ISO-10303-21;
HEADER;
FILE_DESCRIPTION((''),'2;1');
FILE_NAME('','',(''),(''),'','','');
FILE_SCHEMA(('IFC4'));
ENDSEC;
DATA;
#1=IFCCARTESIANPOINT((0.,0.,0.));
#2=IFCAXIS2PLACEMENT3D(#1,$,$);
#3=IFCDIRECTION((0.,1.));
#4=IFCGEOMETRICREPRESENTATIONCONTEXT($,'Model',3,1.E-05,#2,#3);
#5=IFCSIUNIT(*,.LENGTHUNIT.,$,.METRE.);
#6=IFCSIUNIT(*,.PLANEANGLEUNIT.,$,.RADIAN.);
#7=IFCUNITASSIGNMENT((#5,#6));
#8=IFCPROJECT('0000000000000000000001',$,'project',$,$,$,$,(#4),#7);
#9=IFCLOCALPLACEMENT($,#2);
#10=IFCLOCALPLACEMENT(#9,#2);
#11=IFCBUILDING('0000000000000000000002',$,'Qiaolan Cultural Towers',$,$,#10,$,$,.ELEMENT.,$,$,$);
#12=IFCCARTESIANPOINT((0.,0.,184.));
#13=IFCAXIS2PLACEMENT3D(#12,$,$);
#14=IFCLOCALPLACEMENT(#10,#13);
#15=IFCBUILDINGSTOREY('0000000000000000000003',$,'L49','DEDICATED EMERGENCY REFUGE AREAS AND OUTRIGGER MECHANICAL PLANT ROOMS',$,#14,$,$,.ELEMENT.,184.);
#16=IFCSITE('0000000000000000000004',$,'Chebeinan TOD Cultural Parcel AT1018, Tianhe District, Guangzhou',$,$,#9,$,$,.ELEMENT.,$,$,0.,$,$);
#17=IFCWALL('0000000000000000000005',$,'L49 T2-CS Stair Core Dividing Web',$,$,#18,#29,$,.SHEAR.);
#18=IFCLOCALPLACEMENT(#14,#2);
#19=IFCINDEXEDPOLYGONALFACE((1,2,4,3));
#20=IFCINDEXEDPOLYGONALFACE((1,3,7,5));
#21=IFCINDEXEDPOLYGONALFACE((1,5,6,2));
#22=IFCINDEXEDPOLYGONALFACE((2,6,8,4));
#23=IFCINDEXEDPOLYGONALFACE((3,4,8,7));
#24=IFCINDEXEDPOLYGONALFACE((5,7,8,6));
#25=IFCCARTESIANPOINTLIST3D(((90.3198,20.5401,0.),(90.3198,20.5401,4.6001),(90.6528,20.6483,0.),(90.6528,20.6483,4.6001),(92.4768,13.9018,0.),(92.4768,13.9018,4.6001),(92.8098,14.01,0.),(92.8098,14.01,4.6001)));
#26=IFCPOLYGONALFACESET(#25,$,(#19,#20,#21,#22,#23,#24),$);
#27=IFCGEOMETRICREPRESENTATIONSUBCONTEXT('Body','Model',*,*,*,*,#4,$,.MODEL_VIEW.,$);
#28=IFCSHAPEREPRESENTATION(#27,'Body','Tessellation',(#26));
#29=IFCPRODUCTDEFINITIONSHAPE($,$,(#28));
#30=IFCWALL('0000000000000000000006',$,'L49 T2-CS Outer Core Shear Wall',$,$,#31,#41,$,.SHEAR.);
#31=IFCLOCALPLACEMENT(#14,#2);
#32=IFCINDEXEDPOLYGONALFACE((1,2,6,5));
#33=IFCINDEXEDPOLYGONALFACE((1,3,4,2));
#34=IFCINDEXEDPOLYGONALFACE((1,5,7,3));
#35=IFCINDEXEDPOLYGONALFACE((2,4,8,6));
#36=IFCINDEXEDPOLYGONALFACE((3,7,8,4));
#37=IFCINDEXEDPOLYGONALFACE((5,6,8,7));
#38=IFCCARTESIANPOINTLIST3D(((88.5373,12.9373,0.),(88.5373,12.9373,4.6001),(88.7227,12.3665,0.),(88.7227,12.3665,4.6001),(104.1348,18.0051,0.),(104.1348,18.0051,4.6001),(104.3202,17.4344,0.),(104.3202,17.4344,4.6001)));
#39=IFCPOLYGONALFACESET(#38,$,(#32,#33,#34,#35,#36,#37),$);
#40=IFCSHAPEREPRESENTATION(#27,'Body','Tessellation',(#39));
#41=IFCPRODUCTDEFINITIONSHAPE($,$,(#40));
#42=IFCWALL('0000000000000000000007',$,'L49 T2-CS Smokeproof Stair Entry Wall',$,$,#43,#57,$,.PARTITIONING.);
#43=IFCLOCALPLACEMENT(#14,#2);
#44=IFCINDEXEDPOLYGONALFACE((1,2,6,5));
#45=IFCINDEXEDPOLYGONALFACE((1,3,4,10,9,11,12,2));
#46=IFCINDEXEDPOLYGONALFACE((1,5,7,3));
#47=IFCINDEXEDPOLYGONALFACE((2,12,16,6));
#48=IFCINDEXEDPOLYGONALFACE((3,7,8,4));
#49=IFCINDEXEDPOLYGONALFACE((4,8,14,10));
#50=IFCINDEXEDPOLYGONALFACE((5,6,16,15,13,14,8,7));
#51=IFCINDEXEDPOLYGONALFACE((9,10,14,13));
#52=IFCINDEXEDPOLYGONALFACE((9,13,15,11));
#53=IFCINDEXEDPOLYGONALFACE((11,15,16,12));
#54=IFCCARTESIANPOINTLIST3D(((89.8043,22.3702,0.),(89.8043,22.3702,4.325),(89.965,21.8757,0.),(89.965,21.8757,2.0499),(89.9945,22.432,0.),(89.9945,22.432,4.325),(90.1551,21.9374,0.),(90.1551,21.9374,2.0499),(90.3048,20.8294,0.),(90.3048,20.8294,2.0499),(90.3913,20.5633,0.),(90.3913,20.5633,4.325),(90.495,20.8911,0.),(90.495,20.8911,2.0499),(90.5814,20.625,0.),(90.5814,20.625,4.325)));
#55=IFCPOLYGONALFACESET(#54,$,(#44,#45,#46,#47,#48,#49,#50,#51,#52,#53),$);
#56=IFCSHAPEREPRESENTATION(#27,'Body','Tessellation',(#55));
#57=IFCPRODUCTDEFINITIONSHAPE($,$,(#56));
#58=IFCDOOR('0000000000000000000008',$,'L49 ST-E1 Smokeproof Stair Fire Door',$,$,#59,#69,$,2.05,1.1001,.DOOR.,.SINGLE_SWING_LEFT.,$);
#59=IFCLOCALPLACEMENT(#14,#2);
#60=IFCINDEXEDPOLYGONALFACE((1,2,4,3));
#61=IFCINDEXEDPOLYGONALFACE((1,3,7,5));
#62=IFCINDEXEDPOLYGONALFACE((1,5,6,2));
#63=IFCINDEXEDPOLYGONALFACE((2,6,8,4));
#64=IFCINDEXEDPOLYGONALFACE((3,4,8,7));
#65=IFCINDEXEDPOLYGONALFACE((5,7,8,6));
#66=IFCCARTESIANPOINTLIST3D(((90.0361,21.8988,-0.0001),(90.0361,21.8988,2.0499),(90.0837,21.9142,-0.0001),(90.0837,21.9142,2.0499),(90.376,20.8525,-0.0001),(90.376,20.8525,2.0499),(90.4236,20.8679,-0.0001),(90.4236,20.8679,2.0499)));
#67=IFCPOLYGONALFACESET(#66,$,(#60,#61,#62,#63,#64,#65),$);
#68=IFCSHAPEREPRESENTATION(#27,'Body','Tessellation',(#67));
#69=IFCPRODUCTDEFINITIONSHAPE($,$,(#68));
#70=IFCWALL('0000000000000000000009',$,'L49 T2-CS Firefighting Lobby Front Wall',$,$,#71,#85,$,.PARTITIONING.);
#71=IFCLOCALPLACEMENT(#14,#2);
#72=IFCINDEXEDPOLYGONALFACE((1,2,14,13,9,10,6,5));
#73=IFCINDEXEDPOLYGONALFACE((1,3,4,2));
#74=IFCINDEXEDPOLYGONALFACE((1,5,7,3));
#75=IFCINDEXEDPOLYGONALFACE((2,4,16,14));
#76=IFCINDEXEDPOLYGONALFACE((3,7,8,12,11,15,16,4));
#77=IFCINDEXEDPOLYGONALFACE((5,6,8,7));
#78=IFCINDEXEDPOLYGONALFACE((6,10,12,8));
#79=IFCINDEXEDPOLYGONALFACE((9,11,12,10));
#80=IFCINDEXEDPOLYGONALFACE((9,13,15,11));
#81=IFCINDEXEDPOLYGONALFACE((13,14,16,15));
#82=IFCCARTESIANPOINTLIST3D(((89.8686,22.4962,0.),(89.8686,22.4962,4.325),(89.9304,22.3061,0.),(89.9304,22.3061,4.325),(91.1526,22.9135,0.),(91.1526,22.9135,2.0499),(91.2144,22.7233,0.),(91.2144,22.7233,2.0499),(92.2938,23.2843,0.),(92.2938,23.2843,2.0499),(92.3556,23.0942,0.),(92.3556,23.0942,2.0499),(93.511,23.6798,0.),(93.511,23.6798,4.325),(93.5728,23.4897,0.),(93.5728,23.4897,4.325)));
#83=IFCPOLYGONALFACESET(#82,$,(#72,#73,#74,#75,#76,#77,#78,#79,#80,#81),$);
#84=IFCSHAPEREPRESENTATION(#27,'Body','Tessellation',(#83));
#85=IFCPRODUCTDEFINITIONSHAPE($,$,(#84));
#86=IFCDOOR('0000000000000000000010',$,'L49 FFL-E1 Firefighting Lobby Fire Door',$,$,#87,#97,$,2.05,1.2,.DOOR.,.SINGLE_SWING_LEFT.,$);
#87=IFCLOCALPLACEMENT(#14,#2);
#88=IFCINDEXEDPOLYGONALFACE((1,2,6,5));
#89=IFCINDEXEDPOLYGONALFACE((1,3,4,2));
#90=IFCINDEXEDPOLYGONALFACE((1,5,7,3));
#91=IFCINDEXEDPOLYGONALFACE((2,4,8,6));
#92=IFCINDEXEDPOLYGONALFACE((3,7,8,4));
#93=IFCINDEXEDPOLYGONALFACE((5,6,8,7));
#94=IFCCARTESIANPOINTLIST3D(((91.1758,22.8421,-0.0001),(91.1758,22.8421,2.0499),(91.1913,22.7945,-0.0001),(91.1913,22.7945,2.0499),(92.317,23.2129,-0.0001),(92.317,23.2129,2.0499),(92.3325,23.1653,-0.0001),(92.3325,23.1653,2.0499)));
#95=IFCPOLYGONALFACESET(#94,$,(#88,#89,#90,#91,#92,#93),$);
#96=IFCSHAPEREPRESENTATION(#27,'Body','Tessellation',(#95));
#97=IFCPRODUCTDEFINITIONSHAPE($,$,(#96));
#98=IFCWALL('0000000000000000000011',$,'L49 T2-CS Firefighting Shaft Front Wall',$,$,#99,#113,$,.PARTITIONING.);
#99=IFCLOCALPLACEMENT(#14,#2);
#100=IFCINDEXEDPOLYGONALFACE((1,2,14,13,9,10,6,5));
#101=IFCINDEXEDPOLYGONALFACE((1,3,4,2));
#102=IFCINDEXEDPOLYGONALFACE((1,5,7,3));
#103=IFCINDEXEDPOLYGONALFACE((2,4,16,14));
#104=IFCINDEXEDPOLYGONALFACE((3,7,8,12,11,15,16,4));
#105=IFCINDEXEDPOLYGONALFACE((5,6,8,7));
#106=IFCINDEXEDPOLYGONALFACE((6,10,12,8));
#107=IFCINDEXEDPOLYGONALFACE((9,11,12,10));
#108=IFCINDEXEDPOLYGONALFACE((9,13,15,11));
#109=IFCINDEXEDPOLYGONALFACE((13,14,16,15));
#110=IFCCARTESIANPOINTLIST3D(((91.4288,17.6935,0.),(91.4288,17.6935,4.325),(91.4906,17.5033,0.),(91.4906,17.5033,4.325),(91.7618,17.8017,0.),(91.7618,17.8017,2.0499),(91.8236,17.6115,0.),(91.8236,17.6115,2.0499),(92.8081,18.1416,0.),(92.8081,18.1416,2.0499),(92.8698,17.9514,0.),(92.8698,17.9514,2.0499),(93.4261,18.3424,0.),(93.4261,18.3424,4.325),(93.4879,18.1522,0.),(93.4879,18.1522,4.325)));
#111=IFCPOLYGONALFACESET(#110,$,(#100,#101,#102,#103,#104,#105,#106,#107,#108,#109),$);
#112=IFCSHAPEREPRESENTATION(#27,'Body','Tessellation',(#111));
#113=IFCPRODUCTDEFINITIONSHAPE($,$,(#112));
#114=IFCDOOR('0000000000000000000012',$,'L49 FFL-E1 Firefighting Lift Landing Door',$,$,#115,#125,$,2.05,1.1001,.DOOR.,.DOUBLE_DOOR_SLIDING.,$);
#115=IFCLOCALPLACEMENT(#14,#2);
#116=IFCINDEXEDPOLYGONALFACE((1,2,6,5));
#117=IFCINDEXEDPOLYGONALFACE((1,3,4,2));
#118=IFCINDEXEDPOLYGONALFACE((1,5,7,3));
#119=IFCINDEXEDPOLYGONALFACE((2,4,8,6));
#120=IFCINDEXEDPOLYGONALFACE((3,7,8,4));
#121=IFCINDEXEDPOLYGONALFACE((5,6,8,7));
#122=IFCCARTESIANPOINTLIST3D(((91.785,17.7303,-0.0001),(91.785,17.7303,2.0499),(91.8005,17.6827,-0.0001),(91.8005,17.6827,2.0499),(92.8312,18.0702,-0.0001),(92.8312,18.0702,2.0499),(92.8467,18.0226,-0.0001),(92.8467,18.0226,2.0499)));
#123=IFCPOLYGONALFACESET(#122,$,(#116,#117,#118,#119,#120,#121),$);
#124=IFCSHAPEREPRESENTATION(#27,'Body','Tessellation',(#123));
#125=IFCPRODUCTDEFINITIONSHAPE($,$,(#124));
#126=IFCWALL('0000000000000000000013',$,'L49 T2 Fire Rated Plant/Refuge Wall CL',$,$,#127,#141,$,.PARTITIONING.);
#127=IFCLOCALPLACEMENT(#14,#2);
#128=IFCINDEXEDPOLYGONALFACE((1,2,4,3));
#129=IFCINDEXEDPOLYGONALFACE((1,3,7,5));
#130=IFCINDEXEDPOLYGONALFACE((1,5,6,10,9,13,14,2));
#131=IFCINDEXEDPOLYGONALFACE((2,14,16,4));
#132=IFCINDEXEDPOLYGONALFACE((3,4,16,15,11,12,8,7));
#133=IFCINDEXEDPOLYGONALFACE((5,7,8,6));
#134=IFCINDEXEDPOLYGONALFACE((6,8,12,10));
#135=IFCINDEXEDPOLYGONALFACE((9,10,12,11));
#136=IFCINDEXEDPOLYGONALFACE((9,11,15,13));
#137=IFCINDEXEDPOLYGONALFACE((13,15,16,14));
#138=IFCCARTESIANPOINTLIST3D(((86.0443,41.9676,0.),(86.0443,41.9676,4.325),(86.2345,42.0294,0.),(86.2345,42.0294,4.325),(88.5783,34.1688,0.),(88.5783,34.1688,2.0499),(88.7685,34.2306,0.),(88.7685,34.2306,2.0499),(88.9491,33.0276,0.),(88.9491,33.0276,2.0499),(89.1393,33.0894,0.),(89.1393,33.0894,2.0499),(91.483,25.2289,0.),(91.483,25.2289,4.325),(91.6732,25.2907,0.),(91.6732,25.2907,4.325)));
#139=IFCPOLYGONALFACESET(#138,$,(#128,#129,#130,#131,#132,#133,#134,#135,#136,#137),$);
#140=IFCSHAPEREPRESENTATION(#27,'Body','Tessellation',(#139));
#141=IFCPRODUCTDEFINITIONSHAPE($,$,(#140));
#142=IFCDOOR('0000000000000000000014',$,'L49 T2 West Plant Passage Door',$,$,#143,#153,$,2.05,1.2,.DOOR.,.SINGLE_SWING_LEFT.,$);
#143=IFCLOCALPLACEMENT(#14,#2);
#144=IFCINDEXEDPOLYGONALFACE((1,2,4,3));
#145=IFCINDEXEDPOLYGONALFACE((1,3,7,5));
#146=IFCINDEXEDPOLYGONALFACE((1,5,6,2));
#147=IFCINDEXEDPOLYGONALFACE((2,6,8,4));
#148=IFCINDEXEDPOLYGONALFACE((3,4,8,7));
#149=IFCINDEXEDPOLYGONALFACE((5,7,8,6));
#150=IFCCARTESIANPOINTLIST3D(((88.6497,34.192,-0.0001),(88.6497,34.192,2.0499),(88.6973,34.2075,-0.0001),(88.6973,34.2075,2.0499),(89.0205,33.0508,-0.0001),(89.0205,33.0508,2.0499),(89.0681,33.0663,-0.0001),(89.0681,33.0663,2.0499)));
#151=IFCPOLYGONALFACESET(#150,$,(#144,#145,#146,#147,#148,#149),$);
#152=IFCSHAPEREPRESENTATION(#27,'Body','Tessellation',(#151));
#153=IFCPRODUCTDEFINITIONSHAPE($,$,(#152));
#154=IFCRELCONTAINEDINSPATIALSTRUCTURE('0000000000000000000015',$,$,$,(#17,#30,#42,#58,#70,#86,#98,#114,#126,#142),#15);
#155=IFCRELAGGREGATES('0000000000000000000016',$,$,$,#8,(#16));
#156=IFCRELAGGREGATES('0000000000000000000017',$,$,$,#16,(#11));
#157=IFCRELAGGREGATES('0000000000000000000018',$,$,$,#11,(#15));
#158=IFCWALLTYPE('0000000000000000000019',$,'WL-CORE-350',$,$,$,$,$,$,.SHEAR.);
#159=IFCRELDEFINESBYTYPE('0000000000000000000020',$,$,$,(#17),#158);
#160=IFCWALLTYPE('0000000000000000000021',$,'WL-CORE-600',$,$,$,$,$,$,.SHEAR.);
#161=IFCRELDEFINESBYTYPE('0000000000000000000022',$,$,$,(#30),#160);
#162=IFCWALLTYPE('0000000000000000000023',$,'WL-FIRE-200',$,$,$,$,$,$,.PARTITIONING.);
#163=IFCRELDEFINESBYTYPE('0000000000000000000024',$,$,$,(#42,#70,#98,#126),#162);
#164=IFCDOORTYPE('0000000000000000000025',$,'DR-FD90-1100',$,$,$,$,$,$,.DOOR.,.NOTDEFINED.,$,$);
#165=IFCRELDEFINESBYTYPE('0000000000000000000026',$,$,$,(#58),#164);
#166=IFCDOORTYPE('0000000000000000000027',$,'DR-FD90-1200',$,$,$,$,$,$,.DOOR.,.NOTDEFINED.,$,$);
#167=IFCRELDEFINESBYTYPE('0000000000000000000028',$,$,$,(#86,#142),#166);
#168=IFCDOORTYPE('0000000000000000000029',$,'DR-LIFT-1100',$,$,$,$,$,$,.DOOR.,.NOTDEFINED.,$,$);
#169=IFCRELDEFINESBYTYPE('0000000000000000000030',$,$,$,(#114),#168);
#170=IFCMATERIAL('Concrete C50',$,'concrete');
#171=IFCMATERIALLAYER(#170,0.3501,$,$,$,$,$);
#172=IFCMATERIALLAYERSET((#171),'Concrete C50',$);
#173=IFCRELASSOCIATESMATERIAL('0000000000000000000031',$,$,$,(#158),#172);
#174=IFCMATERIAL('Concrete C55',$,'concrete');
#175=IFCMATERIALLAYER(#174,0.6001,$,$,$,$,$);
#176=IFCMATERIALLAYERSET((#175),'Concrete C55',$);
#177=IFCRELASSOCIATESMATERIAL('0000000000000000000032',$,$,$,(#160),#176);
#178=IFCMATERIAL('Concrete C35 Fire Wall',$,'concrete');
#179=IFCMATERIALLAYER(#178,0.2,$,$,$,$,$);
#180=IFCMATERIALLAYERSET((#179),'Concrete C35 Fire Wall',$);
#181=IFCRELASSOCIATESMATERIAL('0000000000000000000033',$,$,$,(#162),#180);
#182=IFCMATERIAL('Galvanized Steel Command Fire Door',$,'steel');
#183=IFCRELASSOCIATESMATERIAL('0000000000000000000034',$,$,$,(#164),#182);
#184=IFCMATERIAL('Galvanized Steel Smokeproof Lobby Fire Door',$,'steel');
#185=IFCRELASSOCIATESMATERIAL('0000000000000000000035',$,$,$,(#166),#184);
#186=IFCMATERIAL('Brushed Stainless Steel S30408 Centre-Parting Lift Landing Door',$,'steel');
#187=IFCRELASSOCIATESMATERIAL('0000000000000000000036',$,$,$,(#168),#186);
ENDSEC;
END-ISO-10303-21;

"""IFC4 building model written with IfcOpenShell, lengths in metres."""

from ifc_helpers import new_model, si_unit, direction, frame, frame_2d, origin, place, context, subcontext, project, spatial, rectangle, extrude, material, layer, layer_set, type_object, element, fill, save


model = new_model("IFC4")

# Units and contexts
model_context = context("Model", 3, precision=1e-05, world=origin(), true_north=direction((0.0, 1.0)))
body_context = subcontext(model_context, "Body", "Model", "MODEL_VIEW")
ifc_project = project(units=[si_unit("LENGTHUNIT", "METRE"), si_unit("PLANEANGLEUNIT", "RADIAN")], contexts=[model_context])

# Site, building, storey
site_placement = place(None, origin())
site = spatial("IfcSite", under=ifc_project, at=site_placement, Name="Chebeinan TOD Cultural Parcel AT1018, Tianhe District, Guangzhou", CompositionType="ELEMENT", RefElevation=0.0)
building_placement = place(site_placement, origin())
building = spatial("IfcBuilding", under=site, at=building_placement, Name="Qiaolan Cultural Towers", CompositionType="ELEMENT")
storey_placement = place(building_placement, frame((0.0, 0.0, 184.0)))
storey = spatial("IfcBuildingStorey", under=building, at=storey_placement, Name="L49", Description="DEDICATED EMERGENCY REFUGE AREAS AND OUTRIGGER MECHANICAL PLANT ROOMS", CompositionType="ELEMENT", Elevation=184.0)

# Walls
ifc_material_1 = material(Name="Concrete C50", Category="concrete")
ifc_layer_1 = layer(ifc_material_1, 0.3501)
ifc_layer_set_1 = layer_set([ifc_layer_1], Name="Concrete C50")
wall_type_1 = type_object("IfcWallType", Name="WL-CORE-350", PredefinedType="SHEAR", material=ifc_layer_set_1)
wall_1_placement = place(storey_placement, frame((90.4863, 20.5942, 0.0), z_axis=(0.0, 0.0, 1.0), x_axis=(0.30902, -0.951055, 0.0)))
element("IfcWall", 1, at=wall_1_placement, inside=storey, type_object=wall_type_1, Name="L49 T2-CS Stair Core Dividing Web", PredefinedType="SHEAR", context=body_context, shape_type="SweptSolid", body=[
    extrude(rectangle(XDim=6.98, YDim=0.3501, at=frame_2d((3.49, 0.0))), origin(), (0.0, 0.0, 1.0), 4.6001),
])
ifc_material_2 = material(Name="Concrete C55", Category="concrete")
ifc_layer_2 = layer(ifc_material_2, 0.6001)
ifc_layer_set_2 = layer_set([ifc_layer_2], Name="Concrete C55")
wall_type_2 = type_object("IfcWallType", Name="WL-CORE-600", PredefinedType="SHEAR", material=ifc_layer_set_2)
wall_2_placement = place(storey_placement, frame((88.6299, 12.6519, 0.0), z_axis=(0.0, 0.0, 1.0), x_axis=(0.951057, 0.309015, 0.0)))
element("IfcWall", 2, at=wall_2_placement, inside=storey, type_object=wall_type_2, Name="L49 T2-CS Outer Core Shear Wall", PredefinedType="SHEAR", context=body_context, shape_type="SweptSolid", body=[
    extrude(rectangle(XDim=16.4001, YDim=0.6001, at=frame_2d((8.2002, 0.0))), origin(), (0.0, 0.0, 1.0), 4.6001),
])

# Walls, openings, doors
ifc_material_3 = material(Name="Concrete C35 Fire Wall", Category="concrete")
ifc_layer_3 = layer(ifc_material_3, 0.2)
ifc_layer_set_3 = layer_set([ifc_layer_3], Name="Concrete C35 Fire Wall")
wall_type_3 = type_object("IfcWallType", Name="WL-FIRE-200", PredefinedType="PARTITIONING", material=ifc_layer_set_3)
wall_3_placement = place(storey_placement, frame((89.8994, 22.4011, 0.0), z_axis=(0.0, 0.0, 1.0), x_axis=(0.308932, -0.951084, 0.0)))
wall_3 = element("IfcWall", 3, at=wall_3_placement, inside=storey, type_object=wall_type_3, Name="L49 T2-CS Smokeproof Stair Entry Wall", PredefinedType="PARTITIONING", context=body_context, shape_type="SweptSolid", body=[
    extrude(rectangle(XDim=1.8999, YDim=0.2, at=frame_2d((0.95, 0.0))), origin(), (0.0, 0.0, 1.0), 4.325),
])
opening_1_placement = place(wall_3_placement, frame((0.52, 0.0, 0.0)))
opening_1 = element("IfcOpeningElement", 4, at=opening_1_placement, cuts=wall_3, PredefinedType="OPENING", context=body_context, shape_type="SweptSolid", body=[
    extrude(rectangle(XDim=1.1001, YDim=2.05, at=frame_2d((0.55, 1.0249))), frame((0.0, 0.1099, 0.0), z_axis=(0.0, -1.0, 0.0), x_axis=(1.0, 0.0, 0.0)), (0.0, 0.0, 1.0), 0.22),
])
ifc_material_4 = material(Name="Galvanized Steel Command Fire Door", Category="steel")
door_type_1 = type_object("IfcDoorType", Name="DR-FD90-1100", OperationType="NOTDEFINED", PredefinedType="DOOR", material=ifc_material_4)
door_1_placement = place(opening_1_placement, origin())
door_1 = element("IfcDoor", 5, at=door_1_placement, inside=storey, type_object=door_type_1, Name="L49 ST-E1 Smokeproof Stair Fire Door", OperationType="SINGLE_SWING_LEFT", OverallHeight=2.05, OverallWidth=1.1001, PredefinedType="DOOR", context=body_context, shape_type="SweptSolid", body=[
    extrude(rectangle(XDim=1.1001, YDim=2.05, at=frame_2d((0.55, 1.0249))), frame((0.0, 0.0249, 0.0), z_axis=(0.0, -1.0, 0.0), x_axis=(1.0, 0.0, 0.0)), (0.0, 0.0, 1.0), 0.05),
])
fill(opening_1, door_1)
wall_4_placement = place(storey_placement, frame((89.8994, 22.4011, 0.0), z_axis=(0.0, 0.0, 1.0), x_axis=(0.951047, 0.309047, 0.0)))
wall_4 = element("IfcWall", 6, at=wall_4_placement, inside=storey, type_object=wall_type_3, Name="L49 T2-CS Firefighting Lobby Front Wall", PredefinedType="PARTITIONING", context=body_context, shape_type="SweptSolid", body=[
    extrude(rectangle(XDim=3.8298, YDim=0.2, at=frame_2d((1.915, 0.0))), origin(), (0.0, 0.0, 1.0), 4.325),
])
opening_2_placement = place(wall_4_placement, frame((1.3501, 0.0, 0.0)))
opening_2 = element("IfcOpeningElement", 7, at=opening_2_placement, cuts=wall_4, PredefinedType="OPENING", context=body_context, shape_type="SweptSolid", body=[
    extrude(rectangle(XDim=1.2, YDim=2.05, at=frame_2d((0.6001, 1.0249))), frame((0.0, 0.1099, 0.0), z_axis=(0.0, -1.0, 0.0), x_axis=(1.0, 0.0, 0.0)), (0.0, 0.0, 1.0), 0.22),
])
ifc_material_5 = material(Name="Galvanized Steel Smokeproof Lobby Fire Door", Category="steel")
door_type_2 = type_object("IfcDoorType", Name="DR-FD90-1200", OperationType="NOTDEFINED", PredefinedType="DOOR", material=ifc_material_5)
door_2_placement = place(opening_2_placement, origin())
door_2 = element("IfcDoor", 8, at=door_2_placement, inside=storey, type_object=door_type_2, Name="L49 FFL-E1 Firefighting Lobby Fire Door", OperationType="SINGLE_SWING_LEFT", OverallHeight=2.05, OverallWidth=1.2, PredefinedType="DOOR", context=body_context, shape_type="SweptSolid", body=[
    extrude(rectangle(XDim=1.2, YDim=2.05, at=frame_2d((0.6001, 1.0249))), frame((0.0, 0.0249, 0.0), z_axis=(0.0, -1.0, 0.0), x_axis=(1.0, 0.0, 0.0)), (0.0, 0.0, 1.0), 0.05),
])
fill(opening_2, door_2)
wall_5_placement = place(storey_placement, frame((91.4597, 17.5984, 0.0), z_axis=(0.0, 0.0, 1.0), x_axis=(0.951062, 0.308999, 0.0)))
wall_5 = element("IfcWall", 9, at=wall_5_placement, inside=storey, type_object=wall_type_3, Name="L49 T2-CS Firefighting Shaft Front Wall", PredefinedType="PARTITIONING", context=body_context, shape_type="SweptSolid", body=[
    extrude(rectangle(XDim=2.1001, YDim=0.2, at=frame_2d((1.05, 0.0))), origin(), (0.0, 0.0, 1.0), 4.325),
])
opening_3_placement = place(wall_5_placement, frame((0.3501, 0.0, 0.0)))
opening_3 = element("IfcOpeningElement", 10, at=opening_3_placement, cuts=wall_5, PredefinedType="OPENING", context=body_context, shape_type="SweptSolid", body=[
    extrude(rectangle(XDim=1.1001, YDim=2.05, at=frame_2d((0.55, 1.0249))), frame((0.0, 0.1099, 0.0), z_axis=(0.0, -1.0, 0.0), x_axis=(1.0, 0.0, 0.0)), (0.0, 0.0, 1.0), 0.22),
])
ifc_material_6 = material(Name="Brushed Stainless Steel S30408 Centre-Parting Lift Landing Door", Category="steel")
door_type_3 = type_object("IfcDoorType", Name="DR-LIFT-1100", OperationType="NOTDEFINED", PredefinedType="DOOR", material=ifc_material_6)
door_3_placement = place(opening_3_placement, origin())
door_3 = element("IfcDoor", 11, at=door_3_placement, inside=storey, type_object=door_type_3, Name="L49 FFL-E1 Firefighting Lift Landing Door", OperationType="DOUBLE_DOOR_SLIDING", OverallHeight=2.05, OverallWidth=1.1001, PredefinedType="DOOR", context=body_context, shape_type="SweptSolid", body=[
    extrude(rectangle(XDim=1.1001, YDim=2.05, at=frame_2d((0.55, 1.0249))), frame((0.0, 0.0249, 0.0), z_axis=(0.0, -1.0, 0.0), x_axis=(1.0, 0.0, 0.0)), (0.0, 0.0, 1.0), 0.05),
])
fill(opening_3, door_3)
wall_6_placement = place(storey_placement, frame((91.5781, 25.2598, 0.0), z_axis=(0.0, 0.0, 1.0), x_axis=(-0.309015, 0.951057, 0.0)))
wall_6 = element("IfcWall", 12, at=wall_6_placement, inside=storey, type_object=wall_type_3, Name="L49 T2 Fire Rated Plant/Refuge Wall CL", PredefinedType="PARTITIONING", context=body_context, shape_type="SweptSolid", body=[
    extrude(rectangle(XDim=17.6001, YDim=0.2, at=frame_2d((8.8, 0.0))), origin(), (0.0, 0.0, 1.0), 4.325),
])
opening_4_placement = place(wall_6_placement, frame((8.2, 0.0, 0.0)))
opening_4 = element("IfcOpeningElement", 13, at=opening_4_placement, cuts=wall_6, PredefinedType="OPENING", context=body_context, shape_type="SweptSolid", body=[
    extrude(rectangle(XDim=1.2, YDim=2.05, at=frame_2d((0.6001, 1.0249))), frame((0.0, 0.1099, 0.0), z_axis=(0.0, -1.0, 0.0), x_axis=(1.0, 0.0, 0.0)), (0.0, 0.0, 1.0), 0.22),
])
door_4_placement = place(opening_4_placement, origin())
door_4 = element("IfcDoor", 14, at=door_4_placement, inside=storey, type_object=door_type_2, Name="L49 T2 West Plant Passage Door", OperationType="SINGLE_SWING_LEFT", OverallHeight=2.05, OverallWidth=1.2, PredefinedType="DOOR", context=body_context, shape_type="SweptSolid", body=[
    extrude(rectangle(XDim=1.2, YDim=2.05, at=frame_2d((0.6001, 1.0249))), frame((0.0, 0.0249, 0.0), z_axis=(0.0, -1.0, 0.0), x_axis=(1.0, 0.0, 0.0)), (0.0, 0.0, 1.0), 0.05),
])
fill(opening_4, door_4)

save(model, "model.ifc")
